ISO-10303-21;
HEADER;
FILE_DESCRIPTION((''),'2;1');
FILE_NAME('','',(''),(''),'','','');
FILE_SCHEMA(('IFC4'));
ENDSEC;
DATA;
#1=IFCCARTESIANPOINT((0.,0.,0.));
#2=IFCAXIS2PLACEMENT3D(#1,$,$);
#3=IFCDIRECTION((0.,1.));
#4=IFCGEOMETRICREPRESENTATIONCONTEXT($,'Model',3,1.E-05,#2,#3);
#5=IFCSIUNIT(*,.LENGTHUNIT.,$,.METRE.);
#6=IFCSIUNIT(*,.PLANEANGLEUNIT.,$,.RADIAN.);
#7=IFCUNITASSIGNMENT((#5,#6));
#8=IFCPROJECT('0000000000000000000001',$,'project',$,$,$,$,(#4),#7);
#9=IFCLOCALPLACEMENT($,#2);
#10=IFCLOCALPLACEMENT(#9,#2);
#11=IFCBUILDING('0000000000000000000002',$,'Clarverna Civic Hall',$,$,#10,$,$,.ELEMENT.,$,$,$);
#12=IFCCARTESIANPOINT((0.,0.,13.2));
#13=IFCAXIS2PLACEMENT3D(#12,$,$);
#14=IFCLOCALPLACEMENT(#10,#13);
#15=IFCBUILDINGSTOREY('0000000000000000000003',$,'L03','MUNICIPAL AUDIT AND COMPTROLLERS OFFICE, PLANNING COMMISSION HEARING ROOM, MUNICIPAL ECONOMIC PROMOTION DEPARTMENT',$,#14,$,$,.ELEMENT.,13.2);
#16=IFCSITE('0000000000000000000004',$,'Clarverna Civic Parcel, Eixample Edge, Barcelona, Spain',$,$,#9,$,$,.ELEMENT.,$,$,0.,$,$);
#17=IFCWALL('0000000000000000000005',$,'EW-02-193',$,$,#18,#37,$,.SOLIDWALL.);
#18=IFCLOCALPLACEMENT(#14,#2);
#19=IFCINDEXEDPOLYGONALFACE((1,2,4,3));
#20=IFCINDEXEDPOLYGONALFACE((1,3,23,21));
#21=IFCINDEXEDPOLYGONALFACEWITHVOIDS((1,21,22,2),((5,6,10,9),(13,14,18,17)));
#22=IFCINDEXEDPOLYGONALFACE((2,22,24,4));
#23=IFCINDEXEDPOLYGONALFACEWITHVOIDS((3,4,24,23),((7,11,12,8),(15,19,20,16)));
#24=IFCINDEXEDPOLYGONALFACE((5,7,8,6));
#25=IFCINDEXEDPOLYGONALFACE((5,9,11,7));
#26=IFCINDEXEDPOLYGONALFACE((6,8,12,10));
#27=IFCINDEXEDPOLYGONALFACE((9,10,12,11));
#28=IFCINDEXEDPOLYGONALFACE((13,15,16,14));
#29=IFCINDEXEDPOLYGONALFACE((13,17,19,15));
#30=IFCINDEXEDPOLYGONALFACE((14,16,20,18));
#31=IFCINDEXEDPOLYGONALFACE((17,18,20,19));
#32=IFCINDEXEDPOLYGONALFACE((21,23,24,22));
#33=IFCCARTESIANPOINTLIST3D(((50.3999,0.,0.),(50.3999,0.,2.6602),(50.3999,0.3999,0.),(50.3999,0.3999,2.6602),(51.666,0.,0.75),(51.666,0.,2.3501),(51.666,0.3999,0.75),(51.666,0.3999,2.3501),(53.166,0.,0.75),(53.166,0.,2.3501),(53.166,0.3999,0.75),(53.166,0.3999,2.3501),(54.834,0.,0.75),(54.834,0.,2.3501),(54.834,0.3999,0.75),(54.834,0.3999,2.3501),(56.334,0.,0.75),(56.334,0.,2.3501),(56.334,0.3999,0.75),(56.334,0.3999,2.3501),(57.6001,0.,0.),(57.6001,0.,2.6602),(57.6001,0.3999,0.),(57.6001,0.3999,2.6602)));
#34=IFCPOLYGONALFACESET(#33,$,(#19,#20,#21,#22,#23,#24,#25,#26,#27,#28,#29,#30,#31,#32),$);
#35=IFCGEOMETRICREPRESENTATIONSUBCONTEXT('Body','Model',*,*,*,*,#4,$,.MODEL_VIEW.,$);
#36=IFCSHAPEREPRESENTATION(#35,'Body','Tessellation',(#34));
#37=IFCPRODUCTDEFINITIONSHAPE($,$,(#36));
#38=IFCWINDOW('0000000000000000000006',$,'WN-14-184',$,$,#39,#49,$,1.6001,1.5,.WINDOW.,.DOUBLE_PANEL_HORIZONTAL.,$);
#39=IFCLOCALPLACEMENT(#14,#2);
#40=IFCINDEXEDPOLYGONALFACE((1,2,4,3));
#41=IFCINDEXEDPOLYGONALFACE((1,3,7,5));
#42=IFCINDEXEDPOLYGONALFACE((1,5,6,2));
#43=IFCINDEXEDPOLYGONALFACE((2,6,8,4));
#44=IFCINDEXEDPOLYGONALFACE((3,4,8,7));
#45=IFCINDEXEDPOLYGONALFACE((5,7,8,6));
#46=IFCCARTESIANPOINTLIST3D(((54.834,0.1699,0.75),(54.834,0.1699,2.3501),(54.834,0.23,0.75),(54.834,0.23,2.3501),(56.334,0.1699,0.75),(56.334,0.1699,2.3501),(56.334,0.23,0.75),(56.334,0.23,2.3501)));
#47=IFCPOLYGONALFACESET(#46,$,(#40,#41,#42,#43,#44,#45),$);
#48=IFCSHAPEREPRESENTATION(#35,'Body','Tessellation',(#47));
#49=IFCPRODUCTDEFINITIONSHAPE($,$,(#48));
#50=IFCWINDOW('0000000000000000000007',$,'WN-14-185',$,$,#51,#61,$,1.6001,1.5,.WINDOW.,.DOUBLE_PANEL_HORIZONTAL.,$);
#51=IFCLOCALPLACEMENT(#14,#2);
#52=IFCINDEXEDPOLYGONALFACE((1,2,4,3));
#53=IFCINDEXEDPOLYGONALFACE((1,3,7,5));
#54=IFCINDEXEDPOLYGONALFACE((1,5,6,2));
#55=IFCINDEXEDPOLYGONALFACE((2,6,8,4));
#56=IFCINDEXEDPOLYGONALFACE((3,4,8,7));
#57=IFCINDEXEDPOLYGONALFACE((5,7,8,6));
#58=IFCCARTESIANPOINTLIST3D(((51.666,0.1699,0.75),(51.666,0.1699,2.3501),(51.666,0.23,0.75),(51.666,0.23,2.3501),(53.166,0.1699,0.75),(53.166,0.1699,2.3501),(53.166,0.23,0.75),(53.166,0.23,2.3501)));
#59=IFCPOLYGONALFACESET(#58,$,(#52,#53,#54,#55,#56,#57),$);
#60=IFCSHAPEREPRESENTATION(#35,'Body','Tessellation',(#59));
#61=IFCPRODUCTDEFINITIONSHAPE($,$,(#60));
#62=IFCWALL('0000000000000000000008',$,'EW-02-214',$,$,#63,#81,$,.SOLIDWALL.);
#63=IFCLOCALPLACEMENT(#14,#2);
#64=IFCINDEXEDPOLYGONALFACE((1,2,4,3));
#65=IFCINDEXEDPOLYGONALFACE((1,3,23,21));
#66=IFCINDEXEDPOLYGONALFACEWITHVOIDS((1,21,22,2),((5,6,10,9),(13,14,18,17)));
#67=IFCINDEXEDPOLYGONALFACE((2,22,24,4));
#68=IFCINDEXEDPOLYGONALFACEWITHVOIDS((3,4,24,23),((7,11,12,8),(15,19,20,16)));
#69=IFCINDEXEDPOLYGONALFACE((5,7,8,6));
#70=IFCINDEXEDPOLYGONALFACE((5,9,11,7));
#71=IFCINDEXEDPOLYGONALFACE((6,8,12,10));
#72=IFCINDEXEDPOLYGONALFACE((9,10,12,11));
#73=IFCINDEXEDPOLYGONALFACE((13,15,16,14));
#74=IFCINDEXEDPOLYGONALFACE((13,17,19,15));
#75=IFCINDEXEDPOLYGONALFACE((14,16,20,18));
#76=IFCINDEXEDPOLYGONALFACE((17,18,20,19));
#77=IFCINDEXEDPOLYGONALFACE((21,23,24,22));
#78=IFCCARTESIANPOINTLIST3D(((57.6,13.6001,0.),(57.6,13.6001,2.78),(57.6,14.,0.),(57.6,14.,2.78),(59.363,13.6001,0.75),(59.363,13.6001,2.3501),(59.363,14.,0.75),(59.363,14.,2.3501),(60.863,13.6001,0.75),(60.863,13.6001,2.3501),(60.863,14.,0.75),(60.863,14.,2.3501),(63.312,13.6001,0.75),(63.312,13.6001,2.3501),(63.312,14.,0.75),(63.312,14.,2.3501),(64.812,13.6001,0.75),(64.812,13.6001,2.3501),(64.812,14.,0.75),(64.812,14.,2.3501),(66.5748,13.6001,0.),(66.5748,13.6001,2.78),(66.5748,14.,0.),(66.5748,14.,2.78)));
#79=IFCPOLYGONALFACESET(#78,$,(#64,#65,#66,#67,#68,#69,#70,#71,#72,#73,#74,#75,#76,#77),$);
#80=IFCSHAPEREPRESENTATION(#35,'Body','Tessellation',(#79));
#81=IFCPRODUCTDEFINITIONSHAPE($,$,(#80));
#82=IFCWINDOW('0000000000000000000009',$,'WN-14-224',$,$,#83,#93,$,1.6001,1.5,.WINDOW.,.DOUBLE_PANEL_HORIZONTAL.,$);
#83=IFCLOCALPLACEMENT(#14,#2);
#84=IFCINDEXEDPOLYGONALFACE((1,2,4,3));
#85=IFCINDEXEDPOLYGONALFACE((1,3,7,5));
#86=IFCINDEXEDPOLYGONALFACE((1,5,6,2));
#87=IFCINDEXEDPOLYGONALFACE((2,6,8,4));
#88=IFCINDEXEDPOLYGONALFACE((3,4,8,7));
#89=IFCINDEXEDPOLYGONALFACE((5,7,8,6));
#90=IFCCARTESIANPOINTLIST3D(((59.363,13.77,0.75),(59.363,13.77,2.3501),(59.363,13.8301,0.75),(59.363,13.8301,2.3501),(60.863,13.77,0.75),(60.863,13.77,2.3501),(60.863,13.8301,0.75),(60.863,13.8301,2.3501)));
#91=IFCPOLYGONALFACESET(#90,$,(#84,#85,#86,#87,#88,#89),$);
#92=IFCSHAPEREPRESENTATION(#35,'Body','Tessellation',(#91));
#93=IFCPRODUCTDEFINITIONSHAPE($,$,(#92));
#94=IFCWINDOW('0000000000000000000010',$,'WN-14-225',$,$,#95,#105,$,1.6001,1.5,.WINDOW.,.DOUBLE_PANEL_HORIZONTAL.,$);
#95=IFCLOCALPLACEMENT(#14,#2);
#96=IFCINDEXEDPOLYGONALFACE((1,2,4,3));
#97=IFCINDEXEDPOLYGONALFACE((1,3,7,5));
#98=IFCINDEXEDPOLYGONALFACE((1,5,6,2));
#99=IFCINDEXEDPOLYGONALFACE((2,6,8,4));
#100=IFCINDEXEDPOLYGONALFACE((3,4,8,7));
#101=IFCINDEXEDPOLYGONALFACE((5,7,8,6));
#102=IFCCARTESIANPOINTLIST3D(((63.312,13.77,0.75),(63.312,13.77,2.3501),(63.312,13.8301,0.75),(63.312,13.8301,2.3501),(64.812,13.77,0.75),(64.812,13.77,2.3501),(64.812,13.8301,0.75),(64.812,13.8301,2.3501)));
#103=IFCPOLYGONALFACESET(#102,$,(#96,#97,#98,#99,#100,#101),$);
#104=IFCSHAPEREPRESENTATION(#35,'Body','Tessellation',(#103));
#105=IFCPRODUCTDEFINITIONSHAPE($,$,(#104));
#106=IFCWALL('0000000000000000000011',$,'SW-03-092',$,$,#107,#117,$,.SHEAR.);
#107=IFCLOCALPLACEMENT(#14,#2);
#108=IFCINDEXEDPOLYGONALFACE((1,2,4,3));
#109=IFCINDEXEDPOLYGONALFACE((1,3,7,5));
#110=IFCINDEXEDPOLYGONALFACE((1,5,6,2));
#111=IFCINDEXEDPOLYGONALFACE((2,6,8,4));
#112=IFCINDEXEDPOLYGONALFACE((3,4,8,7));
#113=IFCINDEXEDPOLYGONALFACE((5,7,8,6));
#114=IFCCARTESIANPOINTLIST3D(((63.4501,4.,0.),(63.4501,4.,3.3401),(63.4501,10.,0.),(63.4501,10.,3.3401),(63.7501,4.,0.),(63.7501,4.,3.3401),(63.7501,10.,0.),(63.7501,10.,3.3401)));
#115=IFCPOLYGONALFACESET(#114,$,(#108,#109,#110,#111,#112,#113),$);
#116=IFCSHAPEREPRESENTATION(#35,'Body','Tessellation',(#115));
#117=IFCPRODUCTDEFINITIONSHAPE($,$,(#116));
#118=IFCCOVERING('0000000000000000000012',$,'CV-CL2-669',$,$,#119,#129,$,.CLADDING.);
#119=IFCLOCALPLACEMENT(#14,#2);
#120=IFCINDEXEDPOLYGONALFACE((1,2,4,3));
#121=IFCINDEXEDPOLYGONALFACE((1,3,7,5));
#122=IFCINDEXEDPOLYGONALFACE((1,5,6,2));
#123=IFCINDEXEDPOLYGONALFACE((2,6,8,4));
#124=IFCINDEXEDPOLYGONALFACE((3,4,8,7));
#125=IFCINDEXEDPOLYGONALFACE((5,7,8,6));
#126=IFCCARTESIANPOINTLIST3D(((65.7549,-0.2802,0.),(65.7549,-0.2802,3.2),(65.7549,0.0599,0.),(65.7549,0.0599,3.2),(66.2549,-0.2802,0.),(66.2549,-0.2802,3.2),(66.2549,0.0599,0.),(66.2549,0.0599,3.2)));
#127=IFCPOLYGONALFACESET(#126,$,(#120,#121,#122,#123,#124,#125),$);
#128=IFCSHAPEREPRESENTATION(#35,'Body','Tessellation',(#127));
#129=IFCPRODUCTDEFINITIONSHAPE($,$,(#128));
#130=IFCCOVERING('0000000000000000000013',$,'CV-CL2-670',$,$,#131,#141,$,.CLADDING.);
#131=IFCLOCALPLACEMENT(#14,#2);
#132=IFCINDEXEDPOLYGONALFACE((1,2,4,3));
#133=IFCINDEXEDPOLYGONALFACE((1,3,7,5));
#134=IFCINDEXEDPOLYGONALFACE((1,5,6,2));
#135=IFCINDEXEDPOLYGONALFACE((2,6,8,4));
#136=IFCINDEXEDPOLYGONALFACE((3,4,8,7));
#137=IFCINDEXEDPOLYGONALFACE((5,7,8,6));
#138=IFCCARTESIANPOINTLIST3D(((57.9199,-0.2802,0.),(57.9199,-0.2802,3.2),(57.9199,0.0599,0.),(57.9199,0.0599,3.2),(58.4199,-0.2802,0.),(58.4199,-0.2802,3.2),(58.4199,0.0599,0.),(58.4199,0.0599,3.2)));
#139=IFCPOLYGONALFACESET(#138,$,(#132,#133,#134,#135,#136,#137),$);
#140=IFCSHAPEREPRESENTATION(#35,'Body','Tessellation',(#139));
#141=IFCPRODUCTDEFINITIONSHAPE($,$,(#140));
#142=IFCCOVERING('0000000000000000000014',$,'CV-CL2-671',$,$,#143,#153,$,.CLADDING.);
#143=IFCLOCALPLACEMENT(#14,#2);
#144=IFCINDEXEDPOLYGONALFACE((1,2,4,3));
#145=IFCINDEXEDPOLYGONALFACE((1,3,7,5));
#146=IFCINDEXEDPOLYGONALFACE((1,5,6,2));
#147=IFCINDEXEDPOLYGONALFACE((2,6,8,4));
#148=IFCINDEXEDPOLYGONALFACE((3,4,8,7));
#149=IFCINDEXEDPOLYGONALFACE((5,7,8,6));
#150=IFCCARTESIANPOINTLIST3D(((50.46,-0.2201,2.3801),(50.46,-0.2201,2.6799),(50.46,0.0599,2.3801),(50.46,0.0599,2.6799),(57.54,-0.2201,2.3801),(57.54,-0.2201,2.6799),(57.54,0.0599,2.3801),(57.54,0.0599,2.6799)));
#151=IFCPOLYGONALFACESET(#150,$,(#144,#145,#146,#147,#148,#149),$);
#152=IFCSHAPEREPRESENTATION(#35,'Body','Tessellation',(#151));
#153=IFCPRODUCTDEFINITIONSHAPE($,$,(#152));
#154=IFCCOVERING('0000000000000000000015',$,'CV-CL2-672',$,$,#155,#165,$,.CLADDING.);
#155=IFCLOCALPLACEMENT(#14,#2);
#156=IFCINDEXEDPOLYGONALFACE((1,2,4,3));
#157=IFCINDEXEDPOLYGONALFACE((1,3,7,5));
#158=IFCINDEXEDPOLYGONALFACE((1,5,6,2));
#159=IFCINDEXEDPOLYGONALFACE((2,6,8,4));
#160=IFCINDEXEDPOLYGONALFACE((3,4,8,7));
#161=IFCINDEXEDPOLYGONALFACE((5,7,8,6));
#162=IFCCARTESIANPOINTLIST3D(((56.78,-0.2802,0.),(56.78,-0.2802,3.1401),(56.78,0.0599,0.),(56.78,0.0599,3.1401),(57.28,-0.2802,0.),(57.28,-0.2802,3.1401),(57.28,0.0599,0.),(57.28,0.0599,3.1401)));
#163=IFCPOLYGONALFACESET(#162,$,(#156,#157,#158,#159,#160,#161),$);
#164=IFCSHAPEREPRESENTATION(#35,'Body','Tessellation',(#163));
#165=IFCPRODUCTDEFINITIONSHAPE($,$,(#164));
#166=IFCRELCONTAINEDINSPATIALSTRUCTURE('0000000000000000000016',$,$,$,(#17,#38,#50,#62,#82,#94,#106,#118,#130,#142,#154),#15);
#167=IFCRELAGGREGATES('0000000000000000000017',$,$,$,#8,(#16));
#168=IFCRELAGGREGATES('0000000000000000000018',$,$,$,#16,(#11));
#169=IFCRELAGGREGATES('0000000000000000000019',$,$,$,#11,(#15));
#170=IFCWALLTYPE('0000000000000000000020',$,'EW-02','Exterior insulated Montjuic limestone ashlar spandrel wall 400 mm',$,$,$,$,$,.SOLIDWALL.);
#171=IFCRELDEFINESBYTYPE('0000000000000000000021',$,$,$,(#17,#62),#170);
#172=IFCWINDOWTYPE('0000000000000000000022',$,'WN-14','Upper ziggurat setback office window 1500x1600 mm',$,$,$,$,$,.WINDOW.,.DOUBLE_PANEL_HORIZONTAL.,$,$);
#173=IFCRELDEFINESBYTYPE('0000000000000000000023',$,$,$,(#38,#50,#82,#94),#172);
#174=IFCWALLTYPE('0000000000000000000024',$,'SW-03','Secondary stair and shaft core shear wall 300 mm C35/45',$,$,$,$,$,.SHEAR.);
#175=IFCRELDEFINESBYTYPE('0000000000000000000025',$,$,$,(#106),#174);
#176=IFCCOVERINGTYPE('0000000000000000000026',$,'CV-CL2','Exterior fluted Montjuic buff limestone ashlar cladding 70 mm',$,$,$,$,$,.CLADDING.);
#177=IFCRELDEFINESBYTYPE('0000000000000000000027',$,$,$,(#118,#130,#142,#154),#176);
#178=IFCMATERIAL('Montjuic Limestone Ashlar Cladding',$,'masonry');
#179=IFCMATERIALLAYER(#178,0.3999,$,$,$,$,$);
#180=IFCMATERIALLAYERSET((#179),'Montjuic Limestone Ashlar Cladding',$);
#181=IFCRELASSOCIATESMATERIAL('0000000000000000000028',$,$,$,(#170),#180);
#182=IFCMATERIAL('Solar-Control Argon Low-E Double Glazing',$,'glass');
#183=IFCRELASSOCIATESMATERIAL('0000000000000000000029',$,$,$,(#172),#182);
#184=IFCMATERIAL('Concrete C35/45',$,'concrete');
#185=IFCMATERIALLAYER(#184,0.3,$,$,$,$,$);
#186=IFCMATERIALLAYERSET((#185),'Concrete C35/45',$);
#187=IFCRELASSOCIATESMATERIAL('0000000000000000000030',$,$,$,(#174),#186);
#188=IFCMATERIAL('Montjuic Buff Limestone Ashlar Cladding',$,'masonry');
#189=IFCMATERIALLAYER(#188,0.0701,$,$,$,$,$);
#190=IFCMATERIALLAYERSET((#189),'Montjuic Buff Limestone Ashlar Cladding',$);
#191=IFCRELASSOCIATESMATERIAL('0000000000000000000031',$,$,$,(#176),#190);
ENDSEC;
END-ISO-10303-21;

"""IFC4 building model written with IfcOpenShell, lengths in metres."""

from ifc_helpers import new_model, si_unit, direction, frame, frame_2d, origin, place, context, subcontext, project, spatial, rectangle, extrude, material, layer, layer_set, type_object, element, fill, save


model = new_model("IFC4")

# Units and contexts
model_context = context("Model", 3, precision=1e-05, world=origin(), true_north=direction((0.0, 1.0)))
body_context = subcontext(model_context, "Body", "Model", "MODEL_VIEW")
ifc_project = project(units=[si_unit("LENGTHUNIT", "METRE"), si_unit("PLANEANGLEUNIT", "RADIAN")], contexts=[model_context])

# Site, building, storey
site_placement = place(None, origin())
site = spatial("IfcSite", under=ifc_project, at=site_placement, Name="Clarverna Civic Parcel, Eixample Edge, Barcelona, Spain", CompositionType="ELEMENT", RefElevation=0.0)
building_placement = place(site_placement, origin())
building = spatial("IfcBuilding", under=site, at=building_placement, Name="Clarverna Civic Hall", CompositionType="ELEMENT")
storey_placement = place(building_placement, frame((0.0, 0.0, 13.2)))
storey = spatial("IfcBuildingStorey", under=building, at=storey_placement, Name="L03", Description="MUNICIPAL AUDIT AND COMPTROLLERS OFFICE, PLANNING COMMISSION HEARING ROOM, MUNICIPAL ECONOMIC PROMOTION DEPARTMENT", CompositionType="ELEMENT", Elevation=13.2)

# Shared definitions
ifc_material_1 = material(Name="Solar-Control Argon Low-E Double Glazing", Category="glass")

# Walls, openings, windows
ifc_material_2 = material(Name="Montjuic Limestone Ashlar Cladding", Category="masonry")
ifc_layer_1 = layer(ifc_material_2, 0.3999)
ifc_layer_set_1 = layer_set([ifc_layer_1], Name="Montjuic Limestone Ashlar Cladding")
wall_type_1 = type_object("IfcWallType", Name="EW-02", Description="Exterior insulated Montjuic limestone ashlar spandrel wall 400 mm", PredefinedType="SOLIDWALL", material=ifc_layer_set_1)
wall_1_placement = place(storey_placement, frame((57.6001, 0.2, 0.0), z_axis=(0.0, 0.0, 1.0), x_axis=(-1.0, 0.0, 0.0)))
wall_1 = element("IfcWall", 1, at=wall_1_placement, inside=storey, type_object=wall_type_1, Name="EW-02-193", PredefinedType="SOLIDWALL", context=body_context, shape_type="SweptSolid", body=[
    extrude(rectangle(XDim=7.2002, YDim=0.3999, at=frame_2d((3.6001, 0.0))), origin(), (0.0, 0.0, 1.0), 2.6602),
])
opening_1_placement = place(wall_1_placement, frame((1.2661, 0.0, 0.75)))
opening_1 = element("IfcOpeningElement", 2, at=opening_1_placement, cuts=wall_1, PredefinedType="OPENING", context=body_context, shape_type="SweptSolid", body=[
    extrude(rectangle(XDim=1.5, YDim=1.6001, at=frame_2d((0.75, 0.8))), frame((0.0, 0.21, 0.0), z_axis=(0.0, -1.0, 0.0), x_axis=(1.0, 0.0, 0.0)), (0.0, 0.0, 1.0), 0.4199),
])
opening_2_placement = place(wall_1_placement, frame((4.4341, 0.0, 0.75)))
opening_2 = element("IfcOpeningElement", 3, at=opening_2_placement, cuts=wall_1, PredefinedType="OPENING", context=body_context, shape_type="SweptSolid", body=[
    extrude(rectangle(XDim=1.5, YDim=1.6001, at=frame_2d((0.75, 0.8))), frame((0.0, 0.21, 0.0), z_axis=(0.0, -1.0, 0.0), x_axis=(1.0, 0.0, 0.0)), (0.0, 0.0, 1.0), 0.4199),
])
window_type = type_object("IfcWindowType", Name="WN-14", Description="Upper ziggurat setback office window 1500x1600 mm", PartitioningType="DOUBLE_PANEL_HORIZONTAL", PredefinedType="WINDOW", material=ifc_material_1)
window_1_placement = place(opening_1_placement, origin())
window_1 = element("IfcWindow", 4, at=window_1_placement, inside=storey, type_object=window_type, Name="WN-14-184", OverallHeight=1.6001, OverallWidth=1.5, PartitioningType="DOUBLE_PANEL_HORIZONTAL", PredefinedType="WINDOW", context=body_context, shape_type="SweptSolid", body=[
    extrude(rectangle(XDim=1.5, YDim=1.6001, at=frame_2d((0.75, 0.8))), frame((0.0, 0.03, 0.0), z_axis=(0.0, -1.0, 0.0), x_axis=(1.0, 0.0, 0.0)), (0.0, 0.0, 1.0), 0.0601),
])
fill(opening_1, window_1)
window_2_placement = place(opening_2_placement, origin())
window_2 = element("IfcWindow", 5, at=window_2_placement, inside=storey, type_object=window_type, Name="WN-14-185", OverallHeight=1.6001, OverallWidth=1.5, PartitioningType="DOUBLE_PANEL_HORIZONTAL", PredefinedType="WINDOW", context=body_context, shape_type="SweptSolid", body=[
    extrude(rectangle(XDim=1.5, YDim=1.6001, at=frame_2d((0.75, 0.8))), frame((0.0, 0.03, 0.0), z_axis=(0.0, -1.0, 0.0), x_axis=(1.0, 0.0, 0.0)), (0.0, 0.0, 1.0), 0.0601),
])
fill(opening_2, window_2)
wall_2_placement = place(storey_placement, frame((57.6001, 13.8, 0.0), z_axis=(0.0, 0.0, 1.0), x_axis=(1.0, 0.0, 0.0)))
wall_2 = element("IfcWall", 6, at=wall_2_placement, inside=storey, type_object=wall_type_1, Name="EW-02-214", PredefinedType="SOLIDWALL", context=body_context, shape_type="SweptSolid", body=[
    extrude(rectangle(XDim=8.9749, YDim=0.3999, at=frame_2d((4.4873, 0.0))), origin(), (0.0, 0.0, 1.0), 2.78),
])
opening_3_placement = place(wall_2_placement, frame((1.7629, 0.0, 0.75)))
opening_3 = element("IfcOpeningElement", 7, at=opening_3_placement, cuts=wall_2, PredefinedType="OPENING", context=body_context, shape_type="SweptSolid", body=[
    extrude(rectangle(XDim=1.5, YDim=1.6001, at=frame_2d((0.75, 0.8))), frame((0.0, 0.21, 0.0), z_axis=(0.0, -1.0, 0.0), x_axis=(1.0, 0.0, 0.0)), (0.0, 0.0, 1.0), 0.4199),
])
opening_4_placement = place(wall_2_placement, frame((5.7119, 0.0, 0.75)))
opening_4 = element("IfcOpeningElement", 8, at=opening_4_placement, cuts=wall_2, PredefinedType="OPENING", context=body_context, shape_type="SweptSolid", body=[
    extrude(rectangle(XDim=1.5, YDim=1.6001, at=frame_2d((0.75, 0.8))), frame((0.0, 0.21, 0.0), z_axis=(0.0, -1.0, 0.0), x_axis=(1.0, 0.0, 0.0)), (0.0, 0.0, 1.0), 0.4199),
])
window_3_placement = place(opening_3_placement, origin())
window_3 = element("IfcWindow", 9, at=window_3_placement, inside=storey, type_object=window_type, Name="WN-14-224", OverallHeight=1.6001, OverallWidth=1.5, PartitioningType="DOUBLE_PANEL_HORIZONTAL", PredefinedType="WINDOW", context=body_context, shape_type="SweptSolid", body=[
    extrude(rectangle(XDim=1.5, YDim=1.6001, at=frame_2d((0.75, 0.8))), frame((0.0, 0.03, 0.0), z_axis=(0.0, -1.0, 0.0), x_axis=(1.0, 0.0, 0.0)), (0.0, 0.0, 1.0), 0.0601),
])
fill(opening_3, window_3)
window_4_placement = place(opening_4_placement, origin())
window_4 = element("IfcWindow", 10, at=window_4_placement, inside=storey, type_object=window_type, Name="WN-14-225", OverallHeight=1.6001, OverallWidth=1.5, PartitioningType="DOUBLE_PANEL_HORIZONTAL", PredefinedType="WINDOW", context=body_context, shape_type="SweptSolid", body=[
    extrude(rectangle(XDim=1.5, YDim=1.6001, at=frame_2d((0.75, 0.8))), frame((0.0, 0.03, 0.0), z_axis=(0.0, -1.0, 0.0), x_axis=(1.0, 0.0, 0.0)), (0.0, 0.0, 1.0), 0.0601),
])
fill(opening_4, window_4)

# Wall
ifc_material_3 = material(Name="Concrete C35/45", Category="concrete")
ifc_layer_2 = layer(ifc_material_3, 0.3)
ifc_layer_set_2 = layer_set([ifc_layer_2], Name="Concrete C35/45")
wall_type_2 = type_object("IfcWallType", Name="SW-03", Description="Secondary stair and shaft core shear wall 300 mm C35/45", PredefinedType="SHEAR", material=ifc_layer_set_2)
wall_3_placement = place(storey_placement, frame((63.6001, 4.0, 0.0), z_axis=(0.0, 0.0, 1.0), x_axis=(0.0, 1.0, 0.0)))
element("IfcWall", 11, at=wall_3_placement, inside=storey, type_object=wall_type_2, Name="SW-03-092", PredefinedType="SHEAR", context=body_context, shape_type="SweptSolid", body=[
    extrude(rectangle(XDim=6.0, YDim=0.3, at=frame_2d((3.0, 0.0))), origin(), (0.0, 0.0, 1.0), 3.3401),
])

# Coverings
ifc_material_4 = material(Name="Montjuic Buff Limestone Ashlar Cladding", Category="masonry")
ifc_layer_3 = layer(ifc_material_4, 0.0701)
ifc_layer_set_3 = layer_set([ifc_layer_3], Name="Montjuic Buff Limestone Ashlar Cladding")
covering_type = type_object("IfcCoveringType", Name="CV-CL2", Description="Exterior fluted Montjuic buff limestone ashlar cladding 70 mm", PredefinedType="CLADDING", material=ifc_layer_set_3)
for number, where, z_axis, x_axis, name in (
    (12, (66.2549, -0.1101, 0.0), (0.0, 0.0, 1.0), (-1.0, 0.0, 0.0), "CV-CL2-669"),
    (13, (58.4199, -0.1101, 0.0), (0.0, 0.0, 1.0), (-1.0, 0.0, 0.0), "CV-CL2-670"),
):
    element("IfcCovering", number, at=place(storey_placement, frame(where, z_axis=z_axis, x_axis=x_axis)), inside=storey, type_object=covering_type, Name=name, PredefinedType="CLADDING", context=body_context, shape_type="SweptSolid", body=[
        extrude(rectangle(XDim=0.5, YDim=0.3401, at=frame_2d((0.25, 0.0))), origin(), (0.0, 0.0, 1.0), 3.2),
    ])
covering_1_placement = place(storey_placement, frame((57.54, -0.0801, 2.3801), z_axis=(0.0, 0.0, 1.0), x_axis=(-1.0, 0.0, 0.0)))
element("IfcCovering", 14, at=covering_1_placement, inside=storey, type_object=covering_type, Name="CV-CL2-671", PredefinedType="CLADDING", context=body_context, shape_type="SweptSolid", body=[
    extrude(rectangle(XDim=7.0801, YDim=0.28, at=frame_2d((3.54, 0.0))), origin(), (0.0, 0.0, 1.0), 0.2998),
])
covering_2_placement = place(storey_placement, frame((57.28, -0.1101, 0.0), z_axis=(0.0, 0.0, 1.0), x_axis=(-1.0, 0.0, 0.0)))
element("IfcCovering", 15, at=covering_2_placement, inside=storey, type_object=covering_type, Name="CV-CL2-672", PredefinedType="CLADDING", context=body_context, shape_type="SweptSolid", body=[
    extrude(rectangle(XDim=0.5, YDim=0.3401, at=frame_2d((0.25, 0.0))), origin(), (0.0, 0.0, 1.0), 3.1401),
])

save(model, "model.ifc")
